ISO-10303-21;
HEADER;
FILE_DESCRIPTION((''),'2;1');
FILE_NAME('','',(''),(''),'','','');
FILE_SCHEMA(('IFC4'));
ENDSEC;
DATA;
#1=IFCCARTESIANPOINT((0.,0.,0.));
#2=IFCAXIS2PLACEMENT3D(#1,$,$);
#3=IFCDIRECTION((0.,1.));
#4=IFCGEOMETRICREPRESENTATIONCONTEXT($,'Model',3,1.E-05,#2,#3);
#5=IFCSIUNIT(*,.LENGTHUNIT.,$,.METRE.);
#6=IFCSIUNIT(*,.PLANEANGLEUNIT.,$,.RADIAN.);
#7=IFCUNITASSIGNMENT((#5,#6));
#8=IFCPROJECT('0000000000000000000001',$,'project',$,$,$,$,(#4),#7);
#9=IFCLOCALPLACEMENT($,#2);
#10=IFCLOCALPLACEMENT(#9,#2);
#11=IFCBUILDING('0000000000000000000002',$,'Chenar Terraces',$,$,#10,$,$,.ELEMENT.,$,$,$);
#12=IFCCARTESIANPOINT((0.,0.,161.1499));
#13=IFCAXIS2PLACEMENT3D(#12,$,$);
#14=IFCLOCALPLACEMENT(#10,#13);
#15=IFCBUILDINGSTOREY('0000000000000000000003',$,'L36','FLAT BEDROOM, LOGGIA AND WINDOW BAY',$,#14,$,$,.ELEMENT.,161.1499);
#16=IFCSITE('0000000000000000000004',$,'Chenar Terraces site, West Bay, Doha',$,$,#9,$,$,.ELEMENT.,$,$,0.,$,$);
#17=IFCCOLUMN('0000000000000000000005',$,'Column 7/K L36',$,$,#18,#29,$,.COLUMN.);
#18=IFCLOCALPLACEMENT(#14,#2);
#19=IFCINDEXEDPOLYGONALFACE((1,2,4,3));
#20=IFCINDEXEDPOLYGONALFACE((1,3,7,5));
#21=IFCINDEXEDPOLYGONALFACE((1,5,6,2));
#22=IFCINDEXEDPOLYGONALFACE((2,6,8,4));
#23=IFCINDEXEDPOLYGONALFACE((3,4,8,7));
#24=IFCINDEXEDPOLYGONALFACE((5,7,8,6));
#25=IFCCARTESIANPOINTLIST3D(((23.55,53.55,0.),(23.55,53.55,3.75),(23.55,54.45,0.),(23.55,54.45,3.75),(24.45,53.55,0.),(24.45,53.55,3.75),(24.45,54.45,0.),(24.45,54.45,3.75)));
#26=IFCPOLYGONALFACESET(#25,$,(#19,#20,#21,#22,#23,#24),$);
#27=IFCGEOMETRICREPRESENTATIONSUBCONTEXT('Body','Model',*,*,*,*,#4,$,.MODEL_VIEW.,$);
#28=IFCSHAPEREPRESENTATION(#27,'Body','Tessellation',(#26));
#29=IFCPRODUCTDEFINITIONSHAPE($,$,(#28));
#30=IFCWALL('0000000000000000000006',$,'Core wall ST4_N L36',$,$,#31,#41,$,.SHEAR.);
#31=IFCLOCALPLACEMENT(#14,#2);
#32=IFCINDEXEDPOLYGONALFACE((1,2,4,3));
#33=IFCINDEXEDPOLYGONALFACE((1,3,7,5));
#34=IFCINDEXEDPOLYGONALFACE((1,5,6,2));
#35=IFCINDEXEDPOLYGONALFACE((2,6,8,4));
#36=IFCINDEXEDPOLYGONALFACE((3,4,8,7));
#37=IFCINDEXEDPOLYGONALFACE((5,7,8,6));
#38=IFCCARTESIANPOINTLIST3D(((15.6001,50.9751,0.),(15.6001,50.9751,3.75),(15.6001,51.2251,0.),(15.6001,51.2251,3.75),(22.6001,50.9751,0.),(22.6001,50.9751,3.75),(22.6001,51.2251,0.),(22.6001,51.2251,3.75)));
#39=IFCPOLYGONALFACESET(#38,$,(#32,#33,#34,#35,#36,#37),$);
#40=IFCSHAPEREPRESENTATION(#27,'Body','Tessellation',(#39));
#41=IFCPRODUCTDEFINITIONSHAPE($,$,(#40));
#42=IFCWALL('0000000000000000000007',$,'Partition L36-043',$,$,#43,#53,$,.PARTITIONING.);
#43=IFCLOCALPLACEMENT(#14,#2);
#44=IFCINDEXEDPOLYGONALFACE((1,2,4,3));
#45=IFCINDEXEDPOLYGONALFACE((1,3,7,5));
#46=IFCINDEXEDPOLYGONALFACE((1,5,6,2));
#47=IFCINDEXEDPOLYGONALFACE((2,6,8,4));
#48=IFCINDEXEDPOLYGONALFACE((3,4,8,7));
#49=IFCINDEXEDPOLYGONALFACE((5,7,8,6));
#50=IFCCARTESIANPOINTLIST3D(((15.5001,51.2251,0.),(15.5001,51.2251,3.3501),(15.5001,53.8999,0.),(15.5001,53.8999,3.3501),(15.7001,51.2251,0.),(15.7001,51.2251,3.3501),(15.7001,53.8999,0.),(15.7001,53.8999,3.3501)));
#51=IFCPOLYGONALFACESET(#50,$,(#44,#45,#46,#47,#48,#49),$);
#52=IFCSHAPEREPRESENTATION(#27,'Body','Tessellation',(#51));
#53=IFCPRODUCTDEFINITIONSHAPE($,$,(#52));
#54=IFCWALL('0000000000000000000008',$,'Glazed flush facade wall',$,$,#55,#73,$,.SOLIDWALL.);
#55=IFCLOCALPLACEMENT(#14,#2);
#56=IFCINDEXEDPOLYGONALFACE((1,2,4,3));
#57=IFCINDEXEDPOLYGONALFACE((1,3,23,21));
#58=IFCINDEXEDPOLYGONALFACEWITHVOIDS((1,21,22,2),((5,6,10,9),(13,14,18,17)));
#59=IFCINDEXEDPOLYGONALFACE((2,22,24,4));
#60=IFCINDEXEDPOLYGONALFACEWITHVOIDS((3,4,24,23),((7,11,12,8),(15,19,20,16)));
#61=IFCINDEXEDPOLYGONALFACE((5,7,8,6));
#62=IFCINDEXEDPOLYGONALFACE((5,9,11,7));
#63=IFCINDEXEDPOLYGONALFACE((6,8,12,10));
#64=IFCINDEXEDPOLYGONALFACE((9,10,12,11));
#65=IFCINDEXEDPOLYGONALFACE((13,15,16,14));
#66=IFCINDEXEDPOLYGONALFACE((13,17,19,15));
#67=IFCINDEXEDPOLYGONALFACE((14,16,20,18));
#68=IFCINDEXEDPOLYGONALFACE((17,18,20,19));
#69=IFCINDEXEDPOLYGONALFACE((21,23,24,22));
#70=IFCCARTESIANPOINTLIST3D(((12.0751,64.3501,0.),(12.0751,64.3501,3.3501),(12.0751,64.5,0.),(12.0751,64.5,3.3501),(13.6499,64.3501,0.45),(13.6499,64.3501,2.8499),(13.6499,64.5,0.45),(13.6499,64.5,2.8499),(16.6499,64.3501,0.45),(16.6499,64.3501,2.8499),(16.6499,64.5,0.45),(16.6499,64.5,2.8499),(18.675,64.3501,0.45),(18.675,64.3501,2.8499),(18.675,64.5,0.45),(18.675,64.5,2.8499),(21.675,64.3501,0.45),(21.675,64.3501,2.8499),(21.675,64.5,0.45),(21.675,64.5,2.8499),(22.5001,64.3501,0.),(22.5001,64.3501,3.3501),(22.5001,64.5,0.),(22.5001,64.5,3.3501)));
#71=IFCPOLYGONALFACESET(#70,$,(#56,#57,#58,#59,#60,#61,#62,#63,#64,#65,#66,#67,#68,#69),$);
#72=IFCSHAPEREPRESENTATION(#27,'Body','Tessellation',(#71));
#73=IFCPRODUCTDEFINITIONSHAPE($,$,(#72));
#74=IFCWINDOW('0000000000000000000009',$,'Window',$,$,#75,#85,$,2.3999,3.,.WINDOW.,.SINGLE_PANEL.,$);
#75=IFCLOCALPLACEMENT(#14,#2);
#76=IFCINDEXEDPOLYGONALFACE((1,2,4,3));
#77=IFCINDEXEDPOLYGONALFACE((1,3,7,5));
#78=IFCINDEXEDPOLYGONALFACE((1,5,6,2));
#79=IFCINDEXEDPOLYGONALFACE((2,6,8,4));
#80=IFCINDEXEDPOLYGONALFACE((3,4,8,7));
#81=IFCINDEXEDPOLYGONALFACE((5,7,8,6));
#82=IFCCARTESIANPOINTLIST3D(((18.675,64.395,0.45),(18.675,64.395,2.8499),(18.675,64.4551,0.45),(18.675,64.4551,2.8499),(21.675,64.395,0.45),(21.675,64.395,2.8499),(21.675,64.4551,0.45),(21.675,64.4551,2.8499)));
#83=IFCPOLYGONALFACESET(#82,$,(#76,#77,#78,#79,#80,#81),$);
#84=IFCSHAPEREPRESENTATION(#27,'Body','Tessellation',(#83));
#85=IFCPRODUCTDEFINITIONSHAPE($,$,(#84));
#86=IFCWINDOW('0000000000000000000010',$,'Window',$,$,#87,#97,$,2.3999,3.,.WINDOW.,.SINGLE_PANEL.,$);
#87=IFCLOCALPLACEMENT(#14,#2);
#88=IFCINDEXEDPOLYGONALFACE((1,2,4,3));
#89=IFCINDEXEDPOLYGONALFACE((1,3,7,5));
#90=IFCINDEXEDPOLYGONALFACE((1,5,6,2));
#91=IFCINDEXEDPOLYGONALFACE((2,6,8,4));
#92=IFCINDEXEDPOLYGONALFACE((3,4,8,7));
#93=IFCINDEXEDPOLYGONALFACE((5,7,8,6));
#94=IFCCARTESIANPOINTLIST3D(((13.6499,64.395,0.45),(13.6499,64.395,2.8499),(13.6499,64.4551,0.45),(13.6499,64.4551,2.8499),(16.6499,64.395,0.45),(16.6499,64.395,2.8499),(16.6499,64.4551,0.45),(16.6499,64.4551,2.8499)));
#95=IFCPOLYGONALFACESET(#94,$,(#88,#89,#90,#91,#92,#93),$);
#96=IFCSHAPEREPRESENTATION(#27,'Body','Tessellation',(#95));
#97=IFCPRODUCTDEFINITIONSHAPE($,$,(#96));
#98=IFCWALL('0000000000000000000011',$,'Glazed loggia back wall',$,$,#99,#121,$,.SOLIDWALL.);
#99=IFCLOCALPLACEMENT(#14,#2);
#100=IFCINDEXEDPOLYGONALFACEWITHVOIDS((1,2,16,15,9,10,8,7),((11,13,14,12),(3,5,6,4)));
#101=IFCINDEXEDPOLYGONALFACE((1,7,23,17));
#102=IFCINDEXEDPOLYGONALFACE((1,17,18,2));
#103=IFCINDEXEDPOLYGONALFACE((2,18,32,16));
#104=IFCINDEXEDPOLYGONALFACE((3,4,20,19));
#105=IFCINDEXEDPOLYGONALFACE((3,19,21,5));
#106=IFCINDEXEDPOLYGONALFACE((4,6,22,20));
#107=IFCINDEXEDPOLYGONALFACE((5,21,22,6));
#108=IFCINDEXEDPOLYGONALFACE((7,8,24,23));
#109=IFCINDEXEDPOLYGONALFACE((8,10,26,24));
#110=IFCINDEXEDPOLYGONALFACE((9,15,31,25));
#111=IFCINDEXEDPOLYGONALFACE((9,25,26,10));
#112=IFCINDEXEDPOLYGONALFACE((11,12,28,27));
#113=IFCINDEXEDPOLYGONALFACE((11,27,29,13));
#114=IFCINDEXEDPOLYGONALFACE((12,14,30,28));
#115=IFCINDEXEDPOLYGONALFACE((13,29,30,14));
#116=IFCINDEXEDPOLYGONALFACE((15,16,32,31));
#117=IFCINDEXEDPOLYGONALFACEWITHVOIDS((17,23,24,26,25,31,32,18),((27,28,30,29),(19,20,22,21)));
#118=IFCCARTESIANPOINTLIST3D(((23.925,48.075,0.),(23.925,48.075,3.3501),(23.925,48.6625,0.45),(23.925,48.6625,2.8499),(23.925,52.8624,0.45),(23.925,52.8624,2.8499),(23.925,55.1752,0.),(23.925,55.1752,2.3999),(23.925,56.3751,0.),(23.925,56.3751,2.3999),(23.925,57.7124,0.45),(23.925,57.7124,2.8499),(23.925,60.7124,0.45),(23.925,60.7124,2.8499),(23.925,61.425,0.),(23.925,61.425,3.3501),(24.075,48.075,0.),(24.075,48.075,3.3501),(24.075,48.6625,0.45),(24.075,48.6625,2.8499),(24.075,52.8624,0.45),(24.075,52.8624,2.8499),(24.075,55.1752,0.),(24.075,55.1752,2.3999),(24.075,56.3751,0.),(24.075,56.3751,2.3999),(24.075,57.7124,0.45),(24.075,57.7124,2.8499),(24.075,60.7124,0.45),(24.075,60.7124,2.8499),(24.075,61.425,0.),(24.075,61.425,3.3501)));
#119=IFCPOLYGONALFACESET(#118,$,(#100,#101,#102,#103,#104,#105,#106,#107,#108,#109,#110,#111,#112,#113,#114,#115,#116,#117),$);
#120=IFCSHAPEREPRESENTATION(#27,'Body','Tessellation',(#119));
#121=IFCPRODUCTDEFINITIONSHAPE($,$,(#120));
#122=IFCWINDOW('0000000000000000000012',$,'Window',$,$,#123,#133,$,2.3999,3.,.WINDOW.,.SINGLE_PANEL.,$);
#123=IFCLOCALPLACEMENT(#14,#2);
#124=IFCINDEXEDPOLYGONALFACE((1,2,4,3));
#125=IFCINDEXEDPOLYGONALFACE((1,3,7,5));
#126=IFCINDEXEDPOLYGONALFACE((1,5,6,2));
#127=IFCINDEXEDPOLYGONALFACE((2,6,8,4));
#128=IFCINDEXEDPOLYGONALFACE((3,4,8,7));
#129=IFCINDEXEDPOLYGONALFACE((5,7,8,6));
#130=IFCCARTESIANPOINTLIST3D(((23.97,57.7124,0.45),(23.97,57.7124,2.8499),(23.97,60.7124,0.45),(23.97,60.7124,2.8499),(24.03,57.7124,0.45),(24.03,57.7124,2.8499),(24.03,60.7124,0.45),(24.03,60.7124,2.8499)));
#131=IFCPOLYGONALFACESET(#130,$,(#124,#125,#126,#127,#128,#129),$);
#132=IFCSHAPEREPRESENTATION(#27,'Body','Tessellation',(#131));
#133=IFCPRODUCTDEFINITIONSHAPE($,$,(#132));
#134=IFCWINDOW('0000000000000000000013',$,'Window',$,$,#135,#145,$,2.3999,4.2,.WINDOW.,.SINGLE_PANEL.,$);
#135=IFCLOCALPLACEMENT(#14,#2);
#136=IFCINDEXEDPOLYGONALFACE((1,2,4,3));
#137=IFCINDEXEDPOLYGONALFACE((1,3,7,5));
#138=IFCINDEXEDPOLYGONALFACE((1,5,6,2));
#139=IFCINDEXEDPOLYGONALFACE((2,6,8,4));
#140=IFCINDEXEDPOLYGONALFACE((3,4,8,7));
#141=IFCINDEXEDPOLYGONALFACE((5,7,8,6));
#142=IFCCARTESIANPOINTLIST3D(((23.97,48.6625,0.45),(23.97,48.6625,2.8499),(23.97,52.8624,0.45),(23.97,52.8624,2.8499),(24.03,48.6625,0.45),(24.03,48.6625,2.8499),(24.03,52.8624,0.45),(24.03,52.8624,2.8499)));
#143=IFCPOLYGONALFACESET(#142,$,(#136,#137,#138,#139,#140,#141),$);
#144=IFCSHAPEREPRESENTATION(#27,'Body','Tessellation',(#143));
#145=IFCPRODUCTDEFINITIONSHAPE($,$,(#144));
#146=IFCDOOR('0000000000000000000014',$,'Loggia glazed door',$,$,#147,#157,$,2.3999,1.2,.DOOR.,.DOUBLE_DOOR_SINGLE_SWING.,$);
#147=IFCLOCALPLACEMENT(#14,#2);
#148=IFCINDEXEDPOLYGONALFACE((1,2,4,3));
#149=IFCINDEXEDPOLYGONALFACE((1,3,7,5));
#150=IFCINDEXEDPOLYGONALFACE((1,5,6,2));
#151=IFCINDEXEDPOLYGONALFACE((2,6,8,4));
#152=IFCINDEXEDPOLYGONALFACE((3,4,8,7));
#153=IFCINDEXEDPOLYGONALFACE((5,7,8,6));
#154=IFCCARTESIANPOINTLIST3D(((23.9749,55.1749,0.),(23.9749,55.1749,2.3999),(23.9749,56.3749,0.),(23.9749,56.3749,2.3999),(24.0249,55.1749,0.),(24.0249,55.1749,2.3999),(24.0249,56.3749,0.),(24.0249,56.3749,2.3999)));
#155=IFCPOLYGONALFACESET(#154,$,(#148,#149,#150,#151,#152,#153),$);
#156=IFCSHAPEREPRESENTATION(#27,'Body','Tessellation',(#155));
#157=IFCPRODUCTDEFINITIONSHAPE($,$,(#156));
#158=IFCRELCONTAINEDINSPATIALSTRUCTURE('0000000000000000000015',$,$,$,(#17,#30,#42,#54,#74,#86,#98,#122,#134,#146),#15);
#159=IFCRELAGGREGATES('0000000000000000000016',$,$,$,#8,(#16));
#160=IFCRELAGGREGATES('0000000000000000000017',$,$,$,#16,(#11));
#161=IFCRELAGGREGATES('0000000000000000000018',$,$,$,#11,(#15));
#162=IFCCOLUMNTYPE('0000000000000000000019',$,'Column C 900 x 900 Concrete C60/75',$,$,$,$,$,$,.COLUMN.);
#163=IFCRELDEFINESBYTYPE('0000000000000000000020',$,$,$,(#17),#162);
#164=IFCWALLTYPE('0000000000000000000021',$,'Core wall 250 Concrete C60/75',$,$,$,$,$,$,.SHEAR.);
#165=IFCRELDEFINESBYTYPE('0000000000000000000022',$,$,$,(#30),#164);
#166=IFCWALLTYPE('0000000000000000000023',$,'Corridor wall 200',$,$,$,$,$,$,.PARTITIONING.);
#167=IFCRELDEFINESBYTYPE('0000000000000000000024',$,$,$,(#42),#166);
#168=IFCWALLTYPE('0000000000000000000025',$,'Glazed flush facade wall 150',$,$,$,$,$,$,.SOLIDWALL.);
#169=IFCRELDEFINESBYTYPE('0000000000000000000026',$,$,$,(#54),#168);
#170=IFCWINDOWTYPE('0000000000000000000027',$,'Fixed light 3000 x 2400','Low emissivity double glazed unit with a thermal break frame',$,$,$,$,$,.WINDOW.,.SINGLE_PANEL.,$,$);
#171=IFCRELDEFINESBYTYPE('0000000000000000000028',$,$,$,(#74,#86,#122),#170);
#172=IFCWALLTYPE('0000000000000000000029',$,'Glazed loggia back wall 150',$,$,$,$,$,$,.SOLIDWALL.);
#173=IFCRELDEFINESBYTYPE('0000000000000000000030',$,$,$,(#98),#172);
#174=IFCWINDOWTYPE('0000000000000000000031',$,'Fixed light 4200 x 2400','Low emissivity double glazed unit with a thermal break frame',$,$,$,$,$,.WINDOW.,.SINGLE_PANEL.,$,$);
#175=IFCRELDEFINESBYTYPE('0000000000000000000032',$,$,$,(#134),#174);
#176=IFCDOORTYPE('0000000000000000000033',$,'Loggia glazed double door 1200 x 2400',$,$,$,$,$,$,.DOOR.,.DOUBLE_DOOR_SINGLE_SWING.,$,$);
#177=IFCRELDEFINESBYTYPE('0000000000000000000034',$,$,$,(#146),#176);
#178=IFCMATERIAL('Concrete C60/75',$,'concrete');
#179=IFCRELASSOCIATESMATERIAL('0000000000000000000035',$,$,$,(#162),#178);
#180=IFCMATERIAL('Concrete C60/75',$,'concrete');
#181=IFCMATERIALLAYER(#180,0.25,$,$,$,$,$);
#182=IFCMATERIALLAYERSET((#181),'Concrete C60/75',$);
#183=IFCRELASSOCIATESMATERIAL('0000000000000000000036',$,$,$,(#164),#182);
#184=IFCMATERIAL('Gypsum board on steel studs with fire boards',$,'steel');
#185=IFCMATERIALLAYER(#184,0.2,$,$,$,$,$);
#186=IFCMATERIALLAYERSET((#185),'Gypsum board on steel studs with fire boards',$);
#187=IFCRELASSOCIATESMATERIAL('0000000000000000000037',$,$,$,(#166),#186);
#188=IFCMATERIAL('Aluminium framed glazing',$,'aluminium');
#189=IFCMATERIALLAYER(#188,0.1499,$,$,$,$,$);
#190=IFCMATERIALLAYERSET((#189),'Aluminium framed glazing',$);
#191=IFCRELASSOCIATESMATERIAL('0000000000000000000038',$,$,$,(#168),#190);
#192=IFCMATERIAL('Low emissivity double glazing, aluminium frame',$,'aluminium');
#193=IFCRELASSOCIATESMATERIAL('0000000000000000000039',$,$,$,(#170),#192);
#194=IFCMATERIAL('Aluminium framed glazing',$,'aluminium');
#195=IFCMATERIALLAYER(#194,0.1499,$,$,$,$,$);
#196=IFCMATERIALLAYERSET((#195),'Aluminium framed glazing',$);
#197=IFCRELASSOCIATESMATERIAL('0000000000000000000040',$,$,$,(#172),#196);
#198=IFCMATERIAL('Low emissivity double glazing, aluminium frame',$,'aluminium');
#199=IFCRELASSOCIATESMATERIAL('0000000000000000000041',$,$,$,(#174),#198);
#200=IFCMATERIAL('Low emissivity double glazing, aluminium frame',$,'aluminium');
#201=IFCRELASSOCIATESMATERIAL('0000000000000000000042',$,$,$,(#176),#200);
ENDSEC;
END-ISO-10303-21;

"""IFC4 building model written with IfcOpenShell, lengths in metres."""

from ifc_helpers import new_model, si_unit, direction, frame, frame_2d, origin, origin_2d, place, context, subcontext, project, spatial, rectangle, extrude, material, layer, layer_set, material_profile, profile_set, type_object, element, fill, save


model = new_model("IFC4")

# Units and contexts
model_context = context("Model", 3, precision=1e-05, world=origin(), true_north=direction((0.0, 1.0)))
body_context = subcontext(model_context, "Body", "Model", "MODEL_VIEW")
ifc_project = project(units=[si_unit("LENGTHUNIT", "METRE"), si_unit("PLANEANGLEUNIT", "RADIAN")], contexts=[model_context])

# Site, building, storey
site_placement = place(None, origin())
site = spatial("IfcSite", under=ifc_project, at=site_placement, Name="Chenar Terraces site, West Bay, Doha", CompositionType="ELEMENT", RefElevation=0.0)
building_placement = place(site_placement, origin())
building = spatial("IfcBuilding", under=site, at=building_placement, Name="Chenar Terraces", CompositionType="ELEMENT")
storey_placement = place(building_placement, frame((0.0, 0.0, 161.1499)))
storey = spatial("IfcBuildingStorey", under=building, at=storey_placement, Name="L36", Description="FLAT BEDROOM, LOGGIA AND WINDOW BAY", CompositionType="ELEMENT", Elevation=161.1499)

# Column
ifc_material_1 = material(Name="Concrete C60/75", Category="concrete")
ifc_material_profile = material_profile(ifc_material_1, rectangle(XDim=0.8999, YDim=0.8999, at=origin_2d()), Name="C 900 x 900")
ifc_profile_set = profile_set([ifc_material_profile], Name="Concrete C60/75")
column_type = type_object("IfcColumnType", Name="Column C 900 x 900 Concrete C60/75", PredefinedType="COLUMN", material=ifc_profile_set)
column_placement = place(storey_placement, frame((24.0, 54.0, 0.0), z_axis=(0.0, 0.0, 1.0), x_axis=(1.0, 0.0, 0.0)))
element("IfcColumn", 1, at=column_placement, inside=storey, type_object=column_type, Name="Column 7/K L36", PredefinedType="COLUMN", context=body_context, shape_type="SweptSolid", body=[
    extrude(rectangle(XDim=0.8999, YDim=0.8999, at=origin_2d()), origin(), (0.0, 0.0, 1.0), 3.75),
])

# Walls
ifc_material_2 = material(Name="Concrete C60/75", Category="concrete")
ifc_layer_1 = layer(ifc_material_2, 0.25)
ifc_layer_set_1 = layer_set([ifc_layer_1], Name="Concrete C60/75")
wall_type_1 = type_object("IfcWallType", Name="Core wall 250 Concrete C60/75", PredefinedType="SHEAR", material=ifc_layer_set_1)
wall_1_placement = place(storey_placement, frame((15.6001, 51.1001, 0.0), z_axis=(0.0, 0.0, 1.0), x_axis=(1.0, 0.0, 0.0)))
element("IfcWall", 2, at=wall_1_placement, inside=storey, type_object=wall_type_1, Name="Core wall ST4_N L36", PredefinedType="SHEAR", context=body_context, shape_type="SweptSolid", body=[
    extrude(rectangle(XDim=7.0, YDim=0.25, at=frame_2d((3.5, 0.0))), origin(), (0.0, 0.0, 1.0), 3.75),
])
ifc_material_3 = material(Name="Gypsum board on steel studs with fire boards", Category="steel")
ifc_layer_2 = layer(ifc_material_3, 0.2)
ifc_layer_set_2 = layer_set([ifc_layer_2], Name="Gypsum board on steel studs with fire boards")
wall_type_2 = type_object("IfcWallType", Name="Corridor wall 200", PredefinedType="PARTITIONING", material=ifc_layer_set_2)
wall_2_placement = place(storey_placement, frame((15.6001, 51.2251, 0.0), z_axis=(0.0, 0.0, 1.0), x_axis=(0.0, 1.0, 0.0)))
element("IfcWall", 3, at=wall_2_placement, inside=storey, type_object=wall_type_2, Name="Partition L36-043", PredefinedType="PARTITIONING", context=body_context, shape_type="SweptSolid", body=[
    extrude(rectangle(XDim=2.6748, YDim=0.2, at=frame_2d((1.3374, 0.0))), origin(), (0.0, 0.0, 1.0), 3.3501),
])

# Wall, openings, windows
ifc_material_4 = material(Name="Aluminium framed glazing", Category="aluminium")
ifc_layer_3 = layer(ifc_material_4, 0.1499)
ifc_layer_set_3 = layer_set([ifc_layer_3], Name="Aluminium framed glazing")
wall_type_3 = type_object("IfcWallType", Name="Glazed flush facade wall 150", PredefinedType="SOLIDWALL", material=ifc_layer_set_3)
wall_3_placement = place(storey_placement, frame((22.5, 64.425, 0.0), z_axis=(0.0, 0.0, 1.0), x_axis=(-1.0, 0.0, 0.0)))
wall_3 = element("IfcWall", 4, at=wall_3_placement, inside=storey, type_object=wall_type_3, Name="Glazed flush facade wall", PredefinedType="SOLIDWALL", context=body_context, shape_type="SweptSolid", body=[
    extrude(rectangle(XDim=10.425, YDim=0.1499, at=frame_2d((5.2124, 0.0))), origin(), (0.0, 0.0, 1.0), 3.3501),
])
opening_1_placement = place(wall_3_placement, frame((0.825, 0.0, 0.45)))
opening_1 = element("IfcOpeningElement", 5, at=opening_1_placement, cuts=wall_3, PredefinedType="OPENING", context=body_context, shape_type="SweptSolid", body=[
    extrude(rectangle(XDim=3.0, YDim=2.3999, at=frame_2d((1.5, 1.2))), frame((0.0, 0.085, 0.0), z_axis=(0.0, -1.0, 0.0), x_axis=(1.0, 0.0, 0.0)), (0.0, 0.0, 1.0), 0.1699),
])
opening_2_placement = place(wall_3_placement, frame((5.8501, 0.0, 0.45)))
opening_2 = element("IfcOpeningElement", 6, at=opening_2_placement, cuts=wall_3, PredefinedType="OPENING", context=body_context, shape_type="SweptSolid", body=[
    extrude(rectangle(XDim=3.0, YDim=2.3999, at=frame_2d((1.5, 1.2))), frame((0.0, 0.085, 0.0), z_axis=(0.0, -1.0, 0.0), x_axis=(1.0, 0.0, 0.0)), (0.0, 0.0, 1.0), 0.1699),
])
ifc_material_5 = material(Name="Low emissivity double glazing, aluminium frame", Category="aluminium")
window_type_1 = type_object("IfcWindowType", Name="Fixed light 3000 x 2400", Description="Low emissivity double glazed unit with a thermal break frame", PartitioningType="SINGLE_PANEL", PredefinedType="WINDOW", material=ifc_material_5)
window_1_placement = place(opening_1_placement, origin())
window_1 = element("IfcWindow", 7, at=window_1_placement, inside=storey, type_object=window_type_1, Name="Window", OverallHeight=2.3999, OverallWidth=3.0, PartitioningType="SINGLE_PANEL", PredefinedType="WINDOW", context=body_context, shape_type="SweptSolid", body=[
    extrude(rectangle(XDim=3.0, YDim=2.3999, at=frame_2d((1.5, 1.2))), frame((0.0, 0.03, 0.0), z_axis=(0.0, -1.0, 0.0), x_axis=(1.0, 0.0, 0.0)), (0.0, 0.0, 1.0), 0.0601),
])
fill(opening_1, window_1)
window_2_placement = place(opening_2_placement, origin())
window_2 = element("IfcWindow", 8, at=window_2_placement, inside=storey, type_object=window_type_1, Name="Window", OverallHeight=2.3999, OverallWidth=3.0, PartitioningType="SINGLE_PANEL", PredefinedType="WINDOW", context=body_context, shape_type="SweptSolid", body=[
    extrude(rectangle(XDim=3.0, YDim=2.3999, at=frame_2d((1.5, 1.2))), frame((0.0, 0.03, 0.0), z_axis=(0.0, -1.0, 0.0), x_axis=(1.0, 0.0, 0.0)), (0.0, 0.0, 1.0), 0.0601),
])
fill(opening_2, window_2)

# Wall, openings, windows, door
ifc_material_6 = material(Name="Aluminium framed glazing", Category="aluminium")
ifc_layer_4 = layer(ifc_material_6, 0.1499)
ifc_layer_set_4 = layer_set([ifc_layer_4], Name="Aluminium framed glazing")
wall_type_4 = type_object("IfcWallType", Name="Glazed loggia back wall 150", PredefinedType="SOLIDWALL", material=ifc_layer_set_4)
wall_4_placement = place(storey_placement, frame((24.0, 48.075, 0.0), z_axis=(0.0, 0.0, 1.0), x_axis=(0.0, 1.0, 0.0)))
wall_4 = element("IfcWall", 9, at=wall_4_placement, inside=storey, type_object=wall_type_4, Name="Glazed loggia back wall", PredefinedType="SOLIDWALL", context=body_context, shape_type="SweptSolid", body=[
    extrude(rectangle(XDim=13.3501, YDim=0.1499, at=frame_2d((6.675, 0.0))), origin(), (0.0, 0.0, 1.0), 3.3501),
])
opening_3_placement = place(wall_4_placement, frame((0.5874, 0.0, 0.45)))
opening_3 = element("IfcOpeningElement", 10, at=opening_3_placement, cuts=wall_4, PredefinedType="OPENING", context=body_context, shape_type="SweptSolid", body=[
    extrude(rectangle(XDim=4.2, YDim=2.3999, at=frame_2d((2.1001, 1.2))), frame((0.0, 0.085, 0.0), z_axis=(0.0, -1.0, 0.0), x_axis=(1.0, 0.0, 0.0)), (0.0, 0.0, 1.0), 0.1699),
])
opening_4_placement = place(wall_4_placement, frame((7.1001, 0.0, 0.0)))
opening_4 = element("IfcOpeningElement", 11, at=opening_4_placement, cuts=wall_4, PredefinedType="OPENING", context=body_context, shape_type="SweptSolid", body=[
    extrude(rectangle(XDim=1.2, YDim=2.3999, at=frame_2d((0.6001, 1.2))), frame((0.0, 0.085, 0.0), z_axis=(0.0, -1.0, 0.0), x_axis=(1.0, 0.0, 0.0)), (0.0, 0.0, 1.0), 0.1699),
])
opening_5_placement = place(wall_4_placement, frame((9.6375, 0.0, 0.45)))
opening_5 = element("IfcOpeningElement", 12, at=opening_5_placement, cuts=wall_4, PredefinedType="OPENING", context=body_context, shape_type="SweptSolid", body=[
    extrude(rectangle(XDim=3.0, YDim=2.3999, at=frame_2d((1.5, 1.2))), frame((0.0, 0.085, 0.0), z_axis=(0.0, -1.0, 0.0), x_axis=(1.0, 0.0, 0.0)), (0.0, 0.0, 1.0), 0.1699),
])
window_3_placement = place(opening_5_placement, origin())
window_3 = element("IfcWindow", 13, at=window_3_placement, inside=storey, type_object=window_type_1, Name="Window", OverallHeight=2.3999, OverallWidth=3.0, PartitioningType="SINGLE_PANEL", PredefinedType="WINDOW", context=body_context, shape_type="SweptSolid", body=[
    extrude(rectangle(XDim=3.0, YDim=2.3999, at=frame_2d((1.5, 1.2))), frame((0.0, 0.03, 0.0), z_axis=(0.0, -1.0, 0.0), x_axis=(1.0, 0.0, 0.0)), (0.0, 0.0, 1.0), 0.0601),
])
fill(opening_5, window_3)
ifc_material_7 = material(Name="Low emissivity double glazing, aluminium frame", Category="aluminium")
window_type_2 = type_object("IfcWindowType", Name="Fixed light 4200 x 2400", Description="Low emissivity double glazed unit with a thermal break frame", PartitioningType="SINGLE_PANEL", PredefinedType="WINDOW", material=ifc_material_7)
window_4_placement = place(opening_3_placement, origin())
window_4 = element("IfcWindow", 14, at=window_4_placement, inside=storey, type_object=window_type_2, Name="Window", OverallHeight=2.3999, OverallWidth=4.2, PartitioningType="SINGLE_PANEL", PredefinedType="WINDOW", context=body_context, shape_type="SweptSolid", body=[
    extrude(rectangle(XDim=4.2, YDim=2.3999, at=frame_2d((2.1001, 1.2))), frame((0.0, 0.03, 0.0), z_axis=(0.0, -1.0, 0.0), x_axis=(1.0, 0.0, 0.0)), (0.0, 0.0, 1.0), 0.0601),
])
fill(opening_3, window_4)
ifc_material_8 = material(Name="Low emissivity double glazing, aluminium frame", Category="aluminium")
door_type_1 = type_object("IfcDoorType", Name="Loggia glazed double door 1200 x 2400", OperationType="DOUBLE_DOOR_SINGLE_SWING", PredefinedType="DOOR", material=ifc_material_8)
door_1_placement = place(opening_4_placement, frame((1.2, 0.0, 0.0), z_axis=(0.0, 0.0, 1.0), x_axis=(-1.0, 0.0, 0.0)))
door_1 = element("IfcDoor", 15, at=door_1_placement, inside=storey, type_object=door_type_1, Name="Loggia glazed door", OperationType="DOUBLE_DOOR_SINGLE_SWING", OverallHeight=2.3999, OverallWidth=1.2, PredefinedType="DOOR", context=body_context, shape_type="SweptSolid", body=[
    extrude(rectangle(XDim=1.2, YDim=2.3999, at=frame_2d((0.6001, 1.2))), frame((0.0, 0.0249, 0.0), z_axis=(0.0, -1.0, 0.0), x_axis=(1.0, 0.0, 0.0)), (0.0, 0.0, 1.0), 0.05),
])
fill(opening_4, door_1)

save(model, "model.ifc")
